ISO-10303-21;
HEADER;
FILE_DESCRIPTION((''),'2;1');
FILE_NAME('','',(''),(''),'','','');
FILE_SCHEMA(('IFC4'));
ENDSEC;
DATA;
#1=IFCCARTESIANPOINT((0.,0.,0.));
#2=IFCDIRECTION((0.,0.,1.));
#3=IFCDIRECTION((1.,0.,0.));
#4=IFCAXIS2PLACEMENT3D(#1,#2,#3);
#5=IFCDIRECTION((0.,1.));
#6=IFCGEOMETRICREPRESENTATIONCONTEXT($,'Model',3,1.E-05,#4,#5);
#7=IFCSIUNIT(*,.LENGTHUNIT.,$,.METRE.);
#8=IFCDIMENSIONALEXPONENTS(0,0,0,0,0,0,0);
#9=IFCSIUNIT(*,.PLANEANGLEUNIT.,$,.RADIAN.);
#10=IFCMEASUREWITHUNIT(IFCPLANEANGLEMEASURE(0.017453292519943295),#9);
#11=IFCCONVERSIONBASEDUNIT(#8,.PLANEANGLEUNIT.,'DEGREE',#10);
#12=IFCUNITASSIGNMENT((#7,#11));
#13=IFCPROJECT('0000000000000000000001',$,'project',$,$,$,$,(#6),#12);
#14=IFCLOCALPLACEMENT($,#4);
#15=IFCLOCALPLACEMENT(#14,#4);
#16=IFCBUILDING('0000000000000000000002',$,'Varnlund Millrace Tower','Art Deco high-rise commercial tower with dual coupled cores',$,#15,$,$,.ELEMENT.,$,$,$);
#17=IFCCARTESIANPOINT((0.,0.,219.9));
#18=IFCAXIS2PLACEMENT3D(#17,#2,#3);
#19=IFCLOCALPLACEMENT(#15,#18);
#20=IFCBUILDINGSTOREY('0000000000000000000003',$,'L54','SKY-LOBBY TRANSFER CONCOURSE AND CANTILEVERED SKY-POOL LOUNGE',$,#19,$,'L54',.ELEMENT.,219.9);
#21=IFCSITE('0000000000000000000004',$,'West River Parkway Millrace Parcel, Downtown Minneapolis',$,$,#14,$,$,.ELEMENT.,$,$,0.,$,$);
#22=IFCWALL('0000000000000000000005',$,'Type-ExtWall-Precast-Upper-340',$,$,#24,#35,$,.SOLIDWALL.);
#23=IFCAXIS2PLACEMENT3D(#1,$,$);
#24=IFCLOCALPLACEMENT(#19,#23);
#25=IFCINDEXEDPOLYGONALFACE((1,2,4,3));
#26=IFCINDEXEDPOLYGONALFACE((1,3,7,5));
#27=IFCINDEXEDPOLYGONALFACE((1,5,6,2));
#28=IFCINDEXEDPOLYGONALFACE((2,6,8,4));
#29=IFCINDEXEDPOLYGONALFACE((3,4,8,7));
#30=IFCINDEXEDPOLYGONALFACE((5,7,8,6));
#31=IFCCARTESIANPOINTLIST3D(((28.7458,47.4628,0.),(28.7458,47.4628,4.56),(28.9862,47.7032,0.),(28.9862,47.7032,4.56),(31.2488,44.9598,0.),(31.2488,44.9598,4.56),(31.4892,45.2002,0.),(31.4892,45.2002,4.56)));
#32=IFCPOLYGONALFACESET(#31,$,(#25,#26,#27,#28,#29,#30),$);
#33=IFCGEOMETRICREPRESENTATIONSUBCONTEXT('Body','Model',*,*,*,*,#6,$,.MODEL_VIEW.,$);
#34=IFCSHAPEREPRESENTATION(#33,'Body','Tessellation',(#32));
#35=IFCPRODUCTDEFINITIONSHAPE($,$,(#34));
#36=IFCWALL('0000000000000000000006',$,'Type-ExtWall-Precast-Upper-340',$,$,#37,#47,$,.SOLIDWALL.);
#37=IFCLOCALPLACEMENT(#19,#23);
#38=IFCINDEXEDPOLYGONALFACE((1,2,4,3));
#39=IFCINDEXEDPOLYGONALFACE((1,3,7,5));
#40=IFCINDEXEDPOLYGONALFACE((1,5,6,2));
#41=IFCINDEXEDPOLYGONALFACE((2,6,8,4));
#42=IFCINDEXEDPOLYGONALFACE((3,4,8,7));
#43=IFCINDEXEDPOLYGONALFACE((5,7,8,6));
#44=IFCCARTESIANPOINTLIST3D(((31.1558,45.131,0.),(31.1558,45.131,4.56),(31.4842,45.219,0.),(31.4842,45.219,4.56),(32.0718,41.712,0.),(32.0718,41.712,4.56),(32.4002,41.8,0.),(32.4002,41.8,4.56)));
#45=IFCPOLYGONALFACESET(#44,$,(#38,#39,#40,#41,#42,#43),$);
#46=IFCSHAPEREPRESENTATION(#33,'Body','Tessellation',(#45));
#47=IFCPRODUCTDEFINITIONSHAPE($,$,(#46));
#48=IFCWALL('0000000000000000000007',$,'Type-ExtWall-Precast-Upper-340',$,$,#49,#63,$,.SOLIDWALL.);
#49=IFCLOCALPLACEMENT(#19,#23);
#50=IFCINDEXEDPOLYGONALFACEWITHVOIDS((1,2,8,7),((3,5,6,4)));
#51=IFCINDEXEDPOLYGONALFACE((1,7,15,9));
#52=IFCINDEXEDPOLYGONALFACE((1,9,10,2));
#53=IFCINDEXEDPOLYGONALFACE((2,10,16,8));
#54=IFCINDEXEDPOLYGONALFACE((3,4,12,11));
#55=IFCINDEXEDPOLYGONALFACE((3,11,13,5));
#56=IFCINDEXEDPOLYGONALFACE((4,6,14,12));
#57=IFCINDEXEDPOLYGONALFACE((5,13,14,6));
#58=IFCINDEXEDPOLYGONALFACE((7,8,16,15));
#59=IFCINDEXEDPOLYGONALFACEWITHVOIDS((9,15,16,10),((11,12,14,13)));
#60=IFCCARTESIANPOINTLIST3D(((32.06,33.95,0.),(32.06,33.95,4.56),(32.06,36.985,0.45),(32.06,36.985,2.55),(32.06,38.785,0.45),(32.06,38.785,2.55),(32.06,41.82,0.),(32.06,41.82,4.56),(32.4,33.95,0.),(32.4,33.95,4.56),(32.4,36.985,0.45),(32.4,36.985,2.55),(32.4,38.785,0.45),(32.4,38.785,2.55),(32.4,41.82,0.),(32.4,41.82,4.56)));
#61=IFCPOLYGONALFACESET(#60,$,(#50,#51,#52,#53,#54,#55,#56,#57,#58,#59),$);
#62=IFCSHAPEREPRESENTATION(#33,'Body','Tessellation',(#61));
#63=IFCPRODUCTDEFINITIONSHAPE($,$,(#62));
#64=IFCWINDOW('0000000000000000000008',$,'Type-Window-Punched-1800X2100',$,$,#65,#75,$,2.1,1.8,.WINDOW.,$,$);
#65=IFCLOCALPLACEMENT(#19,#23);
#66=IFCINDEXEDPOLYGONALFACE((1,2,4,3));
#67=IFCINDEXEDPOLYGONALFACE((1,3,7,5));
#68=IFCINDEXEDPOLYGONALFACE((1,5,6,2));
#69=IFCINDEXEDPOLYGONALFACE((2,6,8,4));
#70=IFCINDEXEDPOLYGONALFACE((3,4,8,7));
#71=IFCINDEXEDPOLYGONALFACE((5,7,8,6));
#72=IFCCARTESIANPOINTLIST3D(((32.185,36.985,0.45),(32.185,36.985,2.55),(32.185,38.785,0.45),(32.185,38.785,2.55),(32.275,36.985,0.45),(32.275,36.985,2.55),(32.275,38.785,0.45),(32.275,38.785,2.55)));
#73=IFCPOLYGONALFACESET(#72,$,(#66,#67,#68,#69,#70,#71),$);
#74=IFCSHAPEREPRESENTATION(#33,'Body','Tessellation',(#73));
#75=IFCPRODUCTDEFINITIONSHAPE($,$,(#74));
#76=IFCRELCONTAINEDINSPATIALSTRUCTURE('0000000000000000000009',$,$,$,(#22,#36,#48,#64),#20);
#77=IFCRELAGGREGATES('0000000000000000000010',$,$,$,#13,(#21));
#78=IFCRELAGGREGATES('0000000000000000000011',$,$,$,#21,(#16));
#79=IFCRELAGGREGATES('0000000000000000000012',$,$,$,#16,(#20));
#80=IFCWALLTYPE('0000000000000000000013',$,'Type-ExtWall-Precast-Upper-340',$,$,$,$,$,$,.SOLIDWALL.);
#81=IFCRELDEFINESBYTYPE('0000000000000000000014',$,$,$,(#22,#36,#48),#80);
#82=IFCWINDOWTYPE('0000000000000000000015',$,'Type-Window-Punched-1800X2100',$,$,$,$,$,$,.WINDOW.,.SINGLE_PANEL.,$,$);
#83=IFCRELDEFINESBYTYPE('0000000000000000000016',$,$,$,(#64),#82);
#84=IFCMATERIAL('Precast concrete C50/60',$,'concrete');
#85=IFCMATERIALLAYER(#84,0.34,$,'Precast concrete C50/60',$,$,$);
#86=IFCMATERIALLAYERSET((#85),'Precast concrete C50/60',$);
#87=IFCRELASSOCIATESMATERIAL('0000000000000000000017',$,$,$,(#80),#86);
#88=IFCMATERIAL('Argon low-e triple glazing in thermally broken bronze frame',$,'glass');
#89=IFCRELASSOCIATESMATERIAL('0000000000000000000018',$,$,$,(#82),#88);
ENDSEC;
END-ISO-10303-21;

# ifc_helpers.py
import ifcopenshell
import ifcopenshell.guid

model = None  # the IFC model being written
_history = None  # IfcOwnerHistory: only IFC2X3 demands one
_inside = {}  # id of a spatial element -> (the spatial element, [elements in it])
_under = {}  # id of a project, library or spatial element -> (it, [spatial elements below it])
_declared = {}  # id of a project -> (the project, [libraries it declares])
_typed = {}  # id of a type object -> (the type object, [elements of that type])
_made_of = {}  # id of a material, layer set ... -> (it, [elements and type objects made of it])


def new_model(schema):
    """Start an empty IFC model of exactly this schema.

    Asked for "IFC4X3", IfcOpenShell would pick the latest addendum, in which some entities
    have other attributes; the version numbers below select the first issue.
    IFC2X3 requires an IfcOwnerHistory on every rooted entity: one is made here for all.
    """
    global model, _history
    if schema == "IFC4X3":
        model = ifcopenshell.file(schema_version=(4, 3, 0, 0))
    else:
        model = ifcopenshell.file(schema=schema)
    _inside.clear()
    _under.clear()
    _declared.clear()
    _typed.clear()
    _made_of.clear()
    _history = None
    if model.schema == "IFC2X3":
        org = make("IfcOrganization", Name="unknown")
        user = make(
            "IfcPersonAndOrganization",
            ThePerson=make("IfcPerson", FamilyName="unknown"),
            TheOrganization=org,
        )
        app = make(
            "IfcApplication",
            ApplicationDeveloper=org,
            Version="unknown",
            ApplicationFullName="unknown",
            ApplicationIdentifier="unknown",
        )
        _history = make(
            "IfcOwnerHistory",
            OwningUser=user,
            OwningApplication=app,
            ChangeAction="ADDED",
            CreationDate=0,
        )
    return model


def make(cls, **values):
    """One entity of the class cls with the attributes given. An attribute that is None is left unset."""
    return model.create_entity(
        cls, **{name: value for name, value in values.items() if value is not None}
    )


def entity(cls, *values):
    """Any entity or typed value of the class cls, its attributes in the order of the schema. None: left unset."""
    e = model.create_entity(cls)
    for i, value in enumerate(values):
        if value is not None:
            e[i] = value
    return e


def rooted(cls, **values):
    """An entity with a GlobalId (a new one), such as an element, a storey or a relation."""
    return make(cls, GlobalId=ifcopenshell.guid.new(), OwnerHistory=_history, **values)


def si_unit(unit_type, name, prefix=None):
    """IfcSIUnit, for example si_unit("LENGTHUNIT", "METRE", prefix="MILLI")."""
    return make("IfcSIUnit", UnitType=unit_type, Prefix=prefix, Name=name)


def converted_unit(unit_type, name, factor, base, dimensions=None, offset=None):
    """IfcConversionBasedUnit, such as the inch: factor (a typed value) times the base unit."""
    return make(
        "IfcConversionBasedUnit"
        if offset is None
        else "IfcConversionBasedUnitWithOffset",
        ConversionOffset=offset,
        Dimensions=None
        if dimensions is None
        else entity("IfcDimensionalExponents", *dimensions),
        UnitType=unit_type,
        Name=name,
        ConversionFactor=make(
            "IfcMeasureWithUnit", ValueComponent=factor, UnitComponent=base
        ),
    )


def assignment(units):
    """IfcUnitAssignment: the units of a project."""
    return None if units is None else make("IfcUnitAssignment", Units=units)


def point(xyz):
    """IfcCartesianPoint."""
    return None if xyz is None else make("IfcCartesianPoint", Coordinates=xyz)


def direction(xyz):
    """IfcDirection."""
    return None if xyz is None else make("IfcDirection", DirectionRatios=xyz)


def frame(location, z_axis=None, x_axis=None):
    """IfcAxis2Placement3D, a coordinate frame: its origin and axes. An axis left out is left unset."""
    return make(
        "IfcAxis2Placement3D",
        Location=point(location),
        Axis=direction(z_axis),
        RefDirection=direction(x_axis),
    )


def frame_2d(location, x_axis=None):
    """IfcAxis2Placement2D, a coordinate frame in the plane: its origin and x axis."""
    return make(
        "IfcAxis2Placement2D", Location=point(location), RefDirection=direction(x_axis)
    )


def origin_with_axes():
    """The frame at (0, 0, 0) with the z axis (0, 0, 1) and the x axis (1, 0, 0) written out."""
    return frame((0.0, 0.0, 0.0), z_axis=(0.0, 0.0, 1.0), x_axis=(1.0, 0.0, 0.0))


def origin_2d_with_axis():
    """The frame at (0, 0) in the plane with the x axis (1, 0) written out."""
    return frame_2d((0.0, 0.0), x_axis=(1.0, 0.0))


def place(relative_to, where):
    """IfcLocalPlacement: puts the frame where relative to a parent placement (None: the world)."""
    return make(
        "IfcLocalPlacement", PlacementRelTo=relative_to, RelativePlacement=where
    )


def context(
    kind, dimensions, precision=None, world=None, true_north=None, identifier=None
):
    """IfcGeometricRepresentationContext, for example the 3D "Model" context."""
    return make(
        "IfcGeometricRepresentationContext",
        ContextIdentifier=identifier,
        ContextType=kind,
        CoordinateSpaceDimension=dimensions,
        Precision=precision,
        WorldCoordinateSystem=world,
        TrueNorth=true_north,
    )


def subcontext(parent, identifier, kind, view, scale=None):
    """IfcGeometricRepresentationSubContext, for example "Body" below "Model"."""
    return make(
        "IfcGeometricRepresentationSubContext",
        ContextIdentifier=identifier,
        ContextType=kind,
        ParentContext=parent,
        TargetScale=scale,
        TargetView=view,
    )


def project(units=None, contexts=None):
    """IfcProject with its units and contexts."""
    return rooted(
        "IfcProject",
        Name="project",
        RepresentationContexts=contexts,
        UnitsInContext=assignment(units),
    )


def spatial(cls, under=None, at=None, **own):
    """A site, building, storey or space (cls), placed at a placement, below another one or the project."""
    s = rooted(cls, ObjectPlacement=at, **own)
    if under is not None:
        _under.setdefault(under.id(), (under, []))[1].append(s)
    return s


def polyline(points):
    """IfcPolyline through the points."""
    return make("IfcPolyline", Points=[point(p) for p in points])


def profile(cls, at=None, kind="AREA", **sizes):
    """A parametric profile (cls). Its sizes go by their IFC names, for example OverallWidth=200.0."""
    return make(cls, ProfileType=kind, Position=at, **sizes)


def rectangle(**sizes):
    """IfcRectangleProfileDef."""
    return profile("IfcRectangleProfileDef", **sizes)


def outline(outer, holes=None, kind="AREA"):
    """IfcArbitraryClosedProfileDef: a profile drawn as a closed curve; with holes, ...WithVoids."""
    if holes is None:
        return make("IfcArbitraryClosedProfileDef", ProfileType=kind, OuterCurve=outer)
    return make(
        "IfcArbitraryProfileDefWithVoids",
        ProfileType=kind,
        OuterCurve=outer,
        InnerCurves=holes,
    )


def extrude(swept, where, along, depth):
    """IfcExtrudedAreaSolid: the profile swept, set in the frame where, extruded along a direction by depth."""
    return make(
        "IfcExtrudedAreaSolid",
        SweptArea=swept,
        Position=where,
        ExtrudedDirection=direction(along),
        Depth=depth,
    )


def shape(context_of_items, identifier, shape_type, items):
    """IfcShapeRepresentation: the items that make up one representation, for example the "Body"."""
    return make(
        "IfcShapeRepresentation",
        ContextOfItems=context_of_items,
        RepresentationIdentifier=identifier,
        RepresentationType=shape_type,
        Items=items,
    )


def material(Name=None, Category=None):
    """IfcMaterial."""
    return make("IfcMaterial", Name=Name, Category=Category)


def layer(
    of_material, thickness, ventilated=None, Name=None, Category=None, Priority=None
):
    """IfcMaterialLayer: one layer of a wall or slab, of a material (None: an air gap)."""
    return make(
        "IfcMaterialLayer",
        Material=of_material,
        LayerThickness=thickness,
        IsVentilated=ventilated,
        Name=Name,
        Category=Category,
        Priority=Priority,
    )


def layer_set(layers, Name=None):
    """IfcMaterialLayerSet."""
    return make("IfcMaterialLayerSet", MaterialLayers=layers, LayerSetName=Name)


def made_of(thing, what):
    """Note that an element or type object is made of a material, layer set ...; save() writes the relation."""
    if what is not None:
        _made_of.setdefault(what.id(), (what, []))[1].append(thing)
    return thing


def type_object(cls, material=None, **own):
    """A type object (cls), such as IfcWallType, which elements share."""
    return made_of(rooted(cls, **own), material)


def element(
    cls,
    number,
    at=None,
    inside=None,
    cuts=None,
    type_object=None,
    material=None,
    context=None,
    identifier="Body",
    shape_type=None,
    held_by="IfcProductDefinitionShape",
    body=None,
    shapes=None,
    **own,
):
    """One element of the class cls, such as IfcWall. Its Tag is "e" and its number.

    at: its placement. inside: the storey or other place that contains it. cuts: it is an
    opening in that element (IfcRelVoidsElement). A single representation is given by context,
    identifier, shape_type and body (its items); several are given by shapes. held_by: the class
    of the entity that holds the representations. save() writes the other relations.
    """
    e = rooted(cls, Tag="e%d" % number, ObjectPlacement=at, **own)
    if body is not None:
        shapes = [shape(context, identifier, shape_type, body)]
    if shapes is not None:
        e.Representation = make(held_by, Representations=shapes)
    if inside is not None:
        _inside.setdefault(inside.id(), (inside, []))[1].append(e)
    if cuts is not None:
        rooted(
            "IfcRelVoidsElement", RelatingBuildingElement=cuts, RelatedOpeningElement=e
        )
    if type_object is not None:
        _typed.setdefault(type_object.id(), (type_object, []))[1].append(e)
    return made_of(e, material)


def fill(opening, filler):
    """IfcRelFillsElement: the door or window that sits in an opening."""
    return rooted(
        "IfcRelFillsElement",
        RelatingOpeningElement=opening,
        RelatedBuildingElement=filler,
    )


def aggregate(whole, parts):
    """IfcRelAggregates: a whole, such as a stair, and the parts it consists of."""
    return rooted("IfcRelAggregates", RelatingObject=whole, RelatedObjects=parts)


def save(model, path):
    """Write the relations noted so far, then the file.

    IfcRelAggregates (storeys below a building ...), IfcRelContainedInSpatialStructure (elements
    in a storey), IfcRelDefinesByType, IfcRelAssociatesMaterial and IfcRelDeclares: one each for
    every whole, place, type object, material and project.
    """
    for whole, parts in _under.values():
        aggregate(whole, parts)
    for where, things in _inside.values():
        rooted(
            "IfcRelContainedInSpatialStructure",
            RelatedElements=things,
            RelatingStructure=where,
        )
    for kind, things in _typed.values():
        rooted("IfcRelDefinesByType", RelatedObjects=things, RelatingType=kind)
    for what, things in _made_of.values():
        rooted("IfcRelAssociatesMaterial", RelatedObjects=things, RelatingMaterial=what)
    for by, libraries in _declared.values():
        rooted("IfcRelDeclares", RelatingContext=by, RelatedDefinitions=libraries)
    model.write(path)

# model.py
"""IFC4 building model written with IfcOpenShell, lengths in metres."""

from ifc_helpers import new_model, entity, si_unit, converted_unit, direction, frame, origin_with_axes, origin_2d_with_axis, place, context, subcontext, project, spatial, polyline, rectangle, outline, extrude, material, layer, layer_set, type_object, element, fill, save


model = new_model("IFC4")

# Units and contexts
model_context = context("Model", 3, precision=1e-05, world=origin_with_axes(), true_north=direction((0.0, 1.0)))
body_context = subcontext(model_context, "Body", "Model", "MODEL_VIEW")
ifc_project = project(units=[si_unit("LENGTHUNIT", "METRE"), converted_unit("PLANEANGLEUNIT", "DEGREE", entity("IfcPlaneAngleMeasure", 0.017453292519943295), si_unit("PLANEANGLEUNIT", "RADIAN"), dimensions=[0, 0, 0, 0, 0, 0, 0])], contexts=[model_context])

# Site, building, storey
site_placement = place(None, origin_with_axes())
site = spatial("IfcSite", under=ifc_project, at=site_placement, Name="West River Parkway Millrace Parcel, Downtown Minneapolis", CompositionType="ELEMENT", RefElevation=0.0)
building_placement = place(site_placement, origin_with_axes())
building = spatial("IfcBuilding", under=site, at=building_placement, Name="Varnlund Millrace Tower", Description="Art Deco high-rise commercial tower with dual coupled cores", CompositionType="ELEMENT")
storey_placement = place(building_placement, frame((0.0, 0.0, 219.9), z_axis=(0.0, 0.0, 1.0), x_axis=(1.0, 0.0, 0.0)))
storey = spatial("IfcBuildingStorey", under=building, at=storey_placement, Name="L54", Description="SKY-LOBBY TRANSFER CONCOURSE AND CANTILEVERED SKY-POOL LOUNGE", LongName="L54", CompositionType="ELEMENT", Elevation=219.9)

# Walls
ifc_material_1 = material(Name="Precast concrete C50/60", Category="concrete")
ifc_layer_1 = layer(ifc_material_1, 0.34, Name="Precast concrete C50/60")
ifc_layer_set_1 = layer_set([ifc_layer_1], Name="Precast concrete C50/60")
wall_type = type_object("IfcWallType", Name="Type-ExtWall-Precast-Upper-340", PredefinedType="SOLIDWALL", material=ifc_layer_set_1)
wall_1_placement = place(storey_placement, frame((28.866, 47.583, 0.0), z_axis=(0.0, 0.0, 1.0), x_axis=(0.707107, -0.707107, 0.0)))
element("IfcWall", 1, at=wall_1_placement, inside=storey, type_object=wall_type, Name="Type-ExtWall-Precast-Upper-340", PredefinedType="SOLIDWALL", context=body_context, shape_type="SweptSolid", body=[
    extrude(outline(polyline([(0.0, -0.17), (3.5398, -0.17), (3.5398, 0.17), (0.0, 0.17), (0.0, -0.17)])), origin_with_axes(), (0.0, 0.0, 1.0), 4.56),
])
wall_2_placement = place(storey_placement, frame((31.32, 45.175, 0.0), z_axis=(0.0, 0.0, 1.0), x_axis=(0.258788, -0.965934, 0.0)))
element("IfcWall", 2, at=wall_2_placement, inside=storey, type_object=wall_type, Name="Type-ExtWall-Precast-Upper-340", PredefinedType="SOLIDWALL", context=body_context, shape_type="SweptSolid", body=[
    extrude(outline(polyline([(0.0, -0.17), (3.5396, -0.17), (3.5396, 0.17), (0.0, 0.17), (0.0, -0.17)])), origin_with_axes(), (0.0, 0.0, 1.0), 4.56),
])

# Wall, opening, window
wall_3_placement = place(storey_placement, frame((32.23, 41.82, 0.0), z_axis=(0.0, 0.0, 1.0), x_axis=(0.0, -1.0, 0.0)))
wall_3 = element("IfcWall", 3, at=wall_3_placement, inside=storey, type_object=wall_type, Name="Type-ExtWall-Precast-Upper-340", PredefinedType="SOLIDWALL", context=body_context, shape_type="SweptSolid", body=[
    extrude(outline(polyline([(0.0, -0.17), (7.87, -0.17), (7.87, 0.17), (0.0, 0.17), (0.0, -0.17)])), origin_with_axes(), (0.0, 0.0, 1.0), 4.56),
])
opening_placement = place(wall_3_placement, frame((3.935, 0.0, 0.45), z_axis=(0.0, 0.0, 1.0), x_axis=(1.0, 0.0, 0.0)))
opening = element("IfcOpeningElement", 4, at=opening_placement, cuts=wall_3, PredefinedType="OPENING", context=body_context, shape_type="SweptSolid", body=[
    extrude(rectangle(XDim=1.8, YDim=0.36, at=origin_2d_with_axis()), origin_with_axes(), (0.0, 0.0, 1.0), 2.1),
])
ifc_material_2 = material(Name="Argon low-e triple glazing in thermally broken bronze frame", Category="glass")
window_type = type_object("IfcWindowType", Name="Type-Window-Punched-1800X2100", PartitioningType="SINGLE_PANEL", PredefinedType="WINDOW", material=ifc_material_2)
window_placement = place(wall_3_placement, frame((3.935, 0.0, 0.45), z_axis=(0.0, 0.0, 1.0), x_axis=(1.0, 0.0, 0.0)))
window = element("IfcWindow", 5, at=window_placement, inside=storey, type_object=window_type, Name="Type-Window-Punched-1800X2100", OverallHeight=2.1, OverallWidth=1.8, PredefinedType="WINDOW", context=body_context, shape_type="SweptSolid", body=[
    extrude(rectangle(XDim=1.8, YDim=0.09, at=origin_2d_with_axis()), origin_with_axes(), (0.0, 0.0, 1.0), 2.1),
])
fill(opening, window)

save(model, "model.ifc")
